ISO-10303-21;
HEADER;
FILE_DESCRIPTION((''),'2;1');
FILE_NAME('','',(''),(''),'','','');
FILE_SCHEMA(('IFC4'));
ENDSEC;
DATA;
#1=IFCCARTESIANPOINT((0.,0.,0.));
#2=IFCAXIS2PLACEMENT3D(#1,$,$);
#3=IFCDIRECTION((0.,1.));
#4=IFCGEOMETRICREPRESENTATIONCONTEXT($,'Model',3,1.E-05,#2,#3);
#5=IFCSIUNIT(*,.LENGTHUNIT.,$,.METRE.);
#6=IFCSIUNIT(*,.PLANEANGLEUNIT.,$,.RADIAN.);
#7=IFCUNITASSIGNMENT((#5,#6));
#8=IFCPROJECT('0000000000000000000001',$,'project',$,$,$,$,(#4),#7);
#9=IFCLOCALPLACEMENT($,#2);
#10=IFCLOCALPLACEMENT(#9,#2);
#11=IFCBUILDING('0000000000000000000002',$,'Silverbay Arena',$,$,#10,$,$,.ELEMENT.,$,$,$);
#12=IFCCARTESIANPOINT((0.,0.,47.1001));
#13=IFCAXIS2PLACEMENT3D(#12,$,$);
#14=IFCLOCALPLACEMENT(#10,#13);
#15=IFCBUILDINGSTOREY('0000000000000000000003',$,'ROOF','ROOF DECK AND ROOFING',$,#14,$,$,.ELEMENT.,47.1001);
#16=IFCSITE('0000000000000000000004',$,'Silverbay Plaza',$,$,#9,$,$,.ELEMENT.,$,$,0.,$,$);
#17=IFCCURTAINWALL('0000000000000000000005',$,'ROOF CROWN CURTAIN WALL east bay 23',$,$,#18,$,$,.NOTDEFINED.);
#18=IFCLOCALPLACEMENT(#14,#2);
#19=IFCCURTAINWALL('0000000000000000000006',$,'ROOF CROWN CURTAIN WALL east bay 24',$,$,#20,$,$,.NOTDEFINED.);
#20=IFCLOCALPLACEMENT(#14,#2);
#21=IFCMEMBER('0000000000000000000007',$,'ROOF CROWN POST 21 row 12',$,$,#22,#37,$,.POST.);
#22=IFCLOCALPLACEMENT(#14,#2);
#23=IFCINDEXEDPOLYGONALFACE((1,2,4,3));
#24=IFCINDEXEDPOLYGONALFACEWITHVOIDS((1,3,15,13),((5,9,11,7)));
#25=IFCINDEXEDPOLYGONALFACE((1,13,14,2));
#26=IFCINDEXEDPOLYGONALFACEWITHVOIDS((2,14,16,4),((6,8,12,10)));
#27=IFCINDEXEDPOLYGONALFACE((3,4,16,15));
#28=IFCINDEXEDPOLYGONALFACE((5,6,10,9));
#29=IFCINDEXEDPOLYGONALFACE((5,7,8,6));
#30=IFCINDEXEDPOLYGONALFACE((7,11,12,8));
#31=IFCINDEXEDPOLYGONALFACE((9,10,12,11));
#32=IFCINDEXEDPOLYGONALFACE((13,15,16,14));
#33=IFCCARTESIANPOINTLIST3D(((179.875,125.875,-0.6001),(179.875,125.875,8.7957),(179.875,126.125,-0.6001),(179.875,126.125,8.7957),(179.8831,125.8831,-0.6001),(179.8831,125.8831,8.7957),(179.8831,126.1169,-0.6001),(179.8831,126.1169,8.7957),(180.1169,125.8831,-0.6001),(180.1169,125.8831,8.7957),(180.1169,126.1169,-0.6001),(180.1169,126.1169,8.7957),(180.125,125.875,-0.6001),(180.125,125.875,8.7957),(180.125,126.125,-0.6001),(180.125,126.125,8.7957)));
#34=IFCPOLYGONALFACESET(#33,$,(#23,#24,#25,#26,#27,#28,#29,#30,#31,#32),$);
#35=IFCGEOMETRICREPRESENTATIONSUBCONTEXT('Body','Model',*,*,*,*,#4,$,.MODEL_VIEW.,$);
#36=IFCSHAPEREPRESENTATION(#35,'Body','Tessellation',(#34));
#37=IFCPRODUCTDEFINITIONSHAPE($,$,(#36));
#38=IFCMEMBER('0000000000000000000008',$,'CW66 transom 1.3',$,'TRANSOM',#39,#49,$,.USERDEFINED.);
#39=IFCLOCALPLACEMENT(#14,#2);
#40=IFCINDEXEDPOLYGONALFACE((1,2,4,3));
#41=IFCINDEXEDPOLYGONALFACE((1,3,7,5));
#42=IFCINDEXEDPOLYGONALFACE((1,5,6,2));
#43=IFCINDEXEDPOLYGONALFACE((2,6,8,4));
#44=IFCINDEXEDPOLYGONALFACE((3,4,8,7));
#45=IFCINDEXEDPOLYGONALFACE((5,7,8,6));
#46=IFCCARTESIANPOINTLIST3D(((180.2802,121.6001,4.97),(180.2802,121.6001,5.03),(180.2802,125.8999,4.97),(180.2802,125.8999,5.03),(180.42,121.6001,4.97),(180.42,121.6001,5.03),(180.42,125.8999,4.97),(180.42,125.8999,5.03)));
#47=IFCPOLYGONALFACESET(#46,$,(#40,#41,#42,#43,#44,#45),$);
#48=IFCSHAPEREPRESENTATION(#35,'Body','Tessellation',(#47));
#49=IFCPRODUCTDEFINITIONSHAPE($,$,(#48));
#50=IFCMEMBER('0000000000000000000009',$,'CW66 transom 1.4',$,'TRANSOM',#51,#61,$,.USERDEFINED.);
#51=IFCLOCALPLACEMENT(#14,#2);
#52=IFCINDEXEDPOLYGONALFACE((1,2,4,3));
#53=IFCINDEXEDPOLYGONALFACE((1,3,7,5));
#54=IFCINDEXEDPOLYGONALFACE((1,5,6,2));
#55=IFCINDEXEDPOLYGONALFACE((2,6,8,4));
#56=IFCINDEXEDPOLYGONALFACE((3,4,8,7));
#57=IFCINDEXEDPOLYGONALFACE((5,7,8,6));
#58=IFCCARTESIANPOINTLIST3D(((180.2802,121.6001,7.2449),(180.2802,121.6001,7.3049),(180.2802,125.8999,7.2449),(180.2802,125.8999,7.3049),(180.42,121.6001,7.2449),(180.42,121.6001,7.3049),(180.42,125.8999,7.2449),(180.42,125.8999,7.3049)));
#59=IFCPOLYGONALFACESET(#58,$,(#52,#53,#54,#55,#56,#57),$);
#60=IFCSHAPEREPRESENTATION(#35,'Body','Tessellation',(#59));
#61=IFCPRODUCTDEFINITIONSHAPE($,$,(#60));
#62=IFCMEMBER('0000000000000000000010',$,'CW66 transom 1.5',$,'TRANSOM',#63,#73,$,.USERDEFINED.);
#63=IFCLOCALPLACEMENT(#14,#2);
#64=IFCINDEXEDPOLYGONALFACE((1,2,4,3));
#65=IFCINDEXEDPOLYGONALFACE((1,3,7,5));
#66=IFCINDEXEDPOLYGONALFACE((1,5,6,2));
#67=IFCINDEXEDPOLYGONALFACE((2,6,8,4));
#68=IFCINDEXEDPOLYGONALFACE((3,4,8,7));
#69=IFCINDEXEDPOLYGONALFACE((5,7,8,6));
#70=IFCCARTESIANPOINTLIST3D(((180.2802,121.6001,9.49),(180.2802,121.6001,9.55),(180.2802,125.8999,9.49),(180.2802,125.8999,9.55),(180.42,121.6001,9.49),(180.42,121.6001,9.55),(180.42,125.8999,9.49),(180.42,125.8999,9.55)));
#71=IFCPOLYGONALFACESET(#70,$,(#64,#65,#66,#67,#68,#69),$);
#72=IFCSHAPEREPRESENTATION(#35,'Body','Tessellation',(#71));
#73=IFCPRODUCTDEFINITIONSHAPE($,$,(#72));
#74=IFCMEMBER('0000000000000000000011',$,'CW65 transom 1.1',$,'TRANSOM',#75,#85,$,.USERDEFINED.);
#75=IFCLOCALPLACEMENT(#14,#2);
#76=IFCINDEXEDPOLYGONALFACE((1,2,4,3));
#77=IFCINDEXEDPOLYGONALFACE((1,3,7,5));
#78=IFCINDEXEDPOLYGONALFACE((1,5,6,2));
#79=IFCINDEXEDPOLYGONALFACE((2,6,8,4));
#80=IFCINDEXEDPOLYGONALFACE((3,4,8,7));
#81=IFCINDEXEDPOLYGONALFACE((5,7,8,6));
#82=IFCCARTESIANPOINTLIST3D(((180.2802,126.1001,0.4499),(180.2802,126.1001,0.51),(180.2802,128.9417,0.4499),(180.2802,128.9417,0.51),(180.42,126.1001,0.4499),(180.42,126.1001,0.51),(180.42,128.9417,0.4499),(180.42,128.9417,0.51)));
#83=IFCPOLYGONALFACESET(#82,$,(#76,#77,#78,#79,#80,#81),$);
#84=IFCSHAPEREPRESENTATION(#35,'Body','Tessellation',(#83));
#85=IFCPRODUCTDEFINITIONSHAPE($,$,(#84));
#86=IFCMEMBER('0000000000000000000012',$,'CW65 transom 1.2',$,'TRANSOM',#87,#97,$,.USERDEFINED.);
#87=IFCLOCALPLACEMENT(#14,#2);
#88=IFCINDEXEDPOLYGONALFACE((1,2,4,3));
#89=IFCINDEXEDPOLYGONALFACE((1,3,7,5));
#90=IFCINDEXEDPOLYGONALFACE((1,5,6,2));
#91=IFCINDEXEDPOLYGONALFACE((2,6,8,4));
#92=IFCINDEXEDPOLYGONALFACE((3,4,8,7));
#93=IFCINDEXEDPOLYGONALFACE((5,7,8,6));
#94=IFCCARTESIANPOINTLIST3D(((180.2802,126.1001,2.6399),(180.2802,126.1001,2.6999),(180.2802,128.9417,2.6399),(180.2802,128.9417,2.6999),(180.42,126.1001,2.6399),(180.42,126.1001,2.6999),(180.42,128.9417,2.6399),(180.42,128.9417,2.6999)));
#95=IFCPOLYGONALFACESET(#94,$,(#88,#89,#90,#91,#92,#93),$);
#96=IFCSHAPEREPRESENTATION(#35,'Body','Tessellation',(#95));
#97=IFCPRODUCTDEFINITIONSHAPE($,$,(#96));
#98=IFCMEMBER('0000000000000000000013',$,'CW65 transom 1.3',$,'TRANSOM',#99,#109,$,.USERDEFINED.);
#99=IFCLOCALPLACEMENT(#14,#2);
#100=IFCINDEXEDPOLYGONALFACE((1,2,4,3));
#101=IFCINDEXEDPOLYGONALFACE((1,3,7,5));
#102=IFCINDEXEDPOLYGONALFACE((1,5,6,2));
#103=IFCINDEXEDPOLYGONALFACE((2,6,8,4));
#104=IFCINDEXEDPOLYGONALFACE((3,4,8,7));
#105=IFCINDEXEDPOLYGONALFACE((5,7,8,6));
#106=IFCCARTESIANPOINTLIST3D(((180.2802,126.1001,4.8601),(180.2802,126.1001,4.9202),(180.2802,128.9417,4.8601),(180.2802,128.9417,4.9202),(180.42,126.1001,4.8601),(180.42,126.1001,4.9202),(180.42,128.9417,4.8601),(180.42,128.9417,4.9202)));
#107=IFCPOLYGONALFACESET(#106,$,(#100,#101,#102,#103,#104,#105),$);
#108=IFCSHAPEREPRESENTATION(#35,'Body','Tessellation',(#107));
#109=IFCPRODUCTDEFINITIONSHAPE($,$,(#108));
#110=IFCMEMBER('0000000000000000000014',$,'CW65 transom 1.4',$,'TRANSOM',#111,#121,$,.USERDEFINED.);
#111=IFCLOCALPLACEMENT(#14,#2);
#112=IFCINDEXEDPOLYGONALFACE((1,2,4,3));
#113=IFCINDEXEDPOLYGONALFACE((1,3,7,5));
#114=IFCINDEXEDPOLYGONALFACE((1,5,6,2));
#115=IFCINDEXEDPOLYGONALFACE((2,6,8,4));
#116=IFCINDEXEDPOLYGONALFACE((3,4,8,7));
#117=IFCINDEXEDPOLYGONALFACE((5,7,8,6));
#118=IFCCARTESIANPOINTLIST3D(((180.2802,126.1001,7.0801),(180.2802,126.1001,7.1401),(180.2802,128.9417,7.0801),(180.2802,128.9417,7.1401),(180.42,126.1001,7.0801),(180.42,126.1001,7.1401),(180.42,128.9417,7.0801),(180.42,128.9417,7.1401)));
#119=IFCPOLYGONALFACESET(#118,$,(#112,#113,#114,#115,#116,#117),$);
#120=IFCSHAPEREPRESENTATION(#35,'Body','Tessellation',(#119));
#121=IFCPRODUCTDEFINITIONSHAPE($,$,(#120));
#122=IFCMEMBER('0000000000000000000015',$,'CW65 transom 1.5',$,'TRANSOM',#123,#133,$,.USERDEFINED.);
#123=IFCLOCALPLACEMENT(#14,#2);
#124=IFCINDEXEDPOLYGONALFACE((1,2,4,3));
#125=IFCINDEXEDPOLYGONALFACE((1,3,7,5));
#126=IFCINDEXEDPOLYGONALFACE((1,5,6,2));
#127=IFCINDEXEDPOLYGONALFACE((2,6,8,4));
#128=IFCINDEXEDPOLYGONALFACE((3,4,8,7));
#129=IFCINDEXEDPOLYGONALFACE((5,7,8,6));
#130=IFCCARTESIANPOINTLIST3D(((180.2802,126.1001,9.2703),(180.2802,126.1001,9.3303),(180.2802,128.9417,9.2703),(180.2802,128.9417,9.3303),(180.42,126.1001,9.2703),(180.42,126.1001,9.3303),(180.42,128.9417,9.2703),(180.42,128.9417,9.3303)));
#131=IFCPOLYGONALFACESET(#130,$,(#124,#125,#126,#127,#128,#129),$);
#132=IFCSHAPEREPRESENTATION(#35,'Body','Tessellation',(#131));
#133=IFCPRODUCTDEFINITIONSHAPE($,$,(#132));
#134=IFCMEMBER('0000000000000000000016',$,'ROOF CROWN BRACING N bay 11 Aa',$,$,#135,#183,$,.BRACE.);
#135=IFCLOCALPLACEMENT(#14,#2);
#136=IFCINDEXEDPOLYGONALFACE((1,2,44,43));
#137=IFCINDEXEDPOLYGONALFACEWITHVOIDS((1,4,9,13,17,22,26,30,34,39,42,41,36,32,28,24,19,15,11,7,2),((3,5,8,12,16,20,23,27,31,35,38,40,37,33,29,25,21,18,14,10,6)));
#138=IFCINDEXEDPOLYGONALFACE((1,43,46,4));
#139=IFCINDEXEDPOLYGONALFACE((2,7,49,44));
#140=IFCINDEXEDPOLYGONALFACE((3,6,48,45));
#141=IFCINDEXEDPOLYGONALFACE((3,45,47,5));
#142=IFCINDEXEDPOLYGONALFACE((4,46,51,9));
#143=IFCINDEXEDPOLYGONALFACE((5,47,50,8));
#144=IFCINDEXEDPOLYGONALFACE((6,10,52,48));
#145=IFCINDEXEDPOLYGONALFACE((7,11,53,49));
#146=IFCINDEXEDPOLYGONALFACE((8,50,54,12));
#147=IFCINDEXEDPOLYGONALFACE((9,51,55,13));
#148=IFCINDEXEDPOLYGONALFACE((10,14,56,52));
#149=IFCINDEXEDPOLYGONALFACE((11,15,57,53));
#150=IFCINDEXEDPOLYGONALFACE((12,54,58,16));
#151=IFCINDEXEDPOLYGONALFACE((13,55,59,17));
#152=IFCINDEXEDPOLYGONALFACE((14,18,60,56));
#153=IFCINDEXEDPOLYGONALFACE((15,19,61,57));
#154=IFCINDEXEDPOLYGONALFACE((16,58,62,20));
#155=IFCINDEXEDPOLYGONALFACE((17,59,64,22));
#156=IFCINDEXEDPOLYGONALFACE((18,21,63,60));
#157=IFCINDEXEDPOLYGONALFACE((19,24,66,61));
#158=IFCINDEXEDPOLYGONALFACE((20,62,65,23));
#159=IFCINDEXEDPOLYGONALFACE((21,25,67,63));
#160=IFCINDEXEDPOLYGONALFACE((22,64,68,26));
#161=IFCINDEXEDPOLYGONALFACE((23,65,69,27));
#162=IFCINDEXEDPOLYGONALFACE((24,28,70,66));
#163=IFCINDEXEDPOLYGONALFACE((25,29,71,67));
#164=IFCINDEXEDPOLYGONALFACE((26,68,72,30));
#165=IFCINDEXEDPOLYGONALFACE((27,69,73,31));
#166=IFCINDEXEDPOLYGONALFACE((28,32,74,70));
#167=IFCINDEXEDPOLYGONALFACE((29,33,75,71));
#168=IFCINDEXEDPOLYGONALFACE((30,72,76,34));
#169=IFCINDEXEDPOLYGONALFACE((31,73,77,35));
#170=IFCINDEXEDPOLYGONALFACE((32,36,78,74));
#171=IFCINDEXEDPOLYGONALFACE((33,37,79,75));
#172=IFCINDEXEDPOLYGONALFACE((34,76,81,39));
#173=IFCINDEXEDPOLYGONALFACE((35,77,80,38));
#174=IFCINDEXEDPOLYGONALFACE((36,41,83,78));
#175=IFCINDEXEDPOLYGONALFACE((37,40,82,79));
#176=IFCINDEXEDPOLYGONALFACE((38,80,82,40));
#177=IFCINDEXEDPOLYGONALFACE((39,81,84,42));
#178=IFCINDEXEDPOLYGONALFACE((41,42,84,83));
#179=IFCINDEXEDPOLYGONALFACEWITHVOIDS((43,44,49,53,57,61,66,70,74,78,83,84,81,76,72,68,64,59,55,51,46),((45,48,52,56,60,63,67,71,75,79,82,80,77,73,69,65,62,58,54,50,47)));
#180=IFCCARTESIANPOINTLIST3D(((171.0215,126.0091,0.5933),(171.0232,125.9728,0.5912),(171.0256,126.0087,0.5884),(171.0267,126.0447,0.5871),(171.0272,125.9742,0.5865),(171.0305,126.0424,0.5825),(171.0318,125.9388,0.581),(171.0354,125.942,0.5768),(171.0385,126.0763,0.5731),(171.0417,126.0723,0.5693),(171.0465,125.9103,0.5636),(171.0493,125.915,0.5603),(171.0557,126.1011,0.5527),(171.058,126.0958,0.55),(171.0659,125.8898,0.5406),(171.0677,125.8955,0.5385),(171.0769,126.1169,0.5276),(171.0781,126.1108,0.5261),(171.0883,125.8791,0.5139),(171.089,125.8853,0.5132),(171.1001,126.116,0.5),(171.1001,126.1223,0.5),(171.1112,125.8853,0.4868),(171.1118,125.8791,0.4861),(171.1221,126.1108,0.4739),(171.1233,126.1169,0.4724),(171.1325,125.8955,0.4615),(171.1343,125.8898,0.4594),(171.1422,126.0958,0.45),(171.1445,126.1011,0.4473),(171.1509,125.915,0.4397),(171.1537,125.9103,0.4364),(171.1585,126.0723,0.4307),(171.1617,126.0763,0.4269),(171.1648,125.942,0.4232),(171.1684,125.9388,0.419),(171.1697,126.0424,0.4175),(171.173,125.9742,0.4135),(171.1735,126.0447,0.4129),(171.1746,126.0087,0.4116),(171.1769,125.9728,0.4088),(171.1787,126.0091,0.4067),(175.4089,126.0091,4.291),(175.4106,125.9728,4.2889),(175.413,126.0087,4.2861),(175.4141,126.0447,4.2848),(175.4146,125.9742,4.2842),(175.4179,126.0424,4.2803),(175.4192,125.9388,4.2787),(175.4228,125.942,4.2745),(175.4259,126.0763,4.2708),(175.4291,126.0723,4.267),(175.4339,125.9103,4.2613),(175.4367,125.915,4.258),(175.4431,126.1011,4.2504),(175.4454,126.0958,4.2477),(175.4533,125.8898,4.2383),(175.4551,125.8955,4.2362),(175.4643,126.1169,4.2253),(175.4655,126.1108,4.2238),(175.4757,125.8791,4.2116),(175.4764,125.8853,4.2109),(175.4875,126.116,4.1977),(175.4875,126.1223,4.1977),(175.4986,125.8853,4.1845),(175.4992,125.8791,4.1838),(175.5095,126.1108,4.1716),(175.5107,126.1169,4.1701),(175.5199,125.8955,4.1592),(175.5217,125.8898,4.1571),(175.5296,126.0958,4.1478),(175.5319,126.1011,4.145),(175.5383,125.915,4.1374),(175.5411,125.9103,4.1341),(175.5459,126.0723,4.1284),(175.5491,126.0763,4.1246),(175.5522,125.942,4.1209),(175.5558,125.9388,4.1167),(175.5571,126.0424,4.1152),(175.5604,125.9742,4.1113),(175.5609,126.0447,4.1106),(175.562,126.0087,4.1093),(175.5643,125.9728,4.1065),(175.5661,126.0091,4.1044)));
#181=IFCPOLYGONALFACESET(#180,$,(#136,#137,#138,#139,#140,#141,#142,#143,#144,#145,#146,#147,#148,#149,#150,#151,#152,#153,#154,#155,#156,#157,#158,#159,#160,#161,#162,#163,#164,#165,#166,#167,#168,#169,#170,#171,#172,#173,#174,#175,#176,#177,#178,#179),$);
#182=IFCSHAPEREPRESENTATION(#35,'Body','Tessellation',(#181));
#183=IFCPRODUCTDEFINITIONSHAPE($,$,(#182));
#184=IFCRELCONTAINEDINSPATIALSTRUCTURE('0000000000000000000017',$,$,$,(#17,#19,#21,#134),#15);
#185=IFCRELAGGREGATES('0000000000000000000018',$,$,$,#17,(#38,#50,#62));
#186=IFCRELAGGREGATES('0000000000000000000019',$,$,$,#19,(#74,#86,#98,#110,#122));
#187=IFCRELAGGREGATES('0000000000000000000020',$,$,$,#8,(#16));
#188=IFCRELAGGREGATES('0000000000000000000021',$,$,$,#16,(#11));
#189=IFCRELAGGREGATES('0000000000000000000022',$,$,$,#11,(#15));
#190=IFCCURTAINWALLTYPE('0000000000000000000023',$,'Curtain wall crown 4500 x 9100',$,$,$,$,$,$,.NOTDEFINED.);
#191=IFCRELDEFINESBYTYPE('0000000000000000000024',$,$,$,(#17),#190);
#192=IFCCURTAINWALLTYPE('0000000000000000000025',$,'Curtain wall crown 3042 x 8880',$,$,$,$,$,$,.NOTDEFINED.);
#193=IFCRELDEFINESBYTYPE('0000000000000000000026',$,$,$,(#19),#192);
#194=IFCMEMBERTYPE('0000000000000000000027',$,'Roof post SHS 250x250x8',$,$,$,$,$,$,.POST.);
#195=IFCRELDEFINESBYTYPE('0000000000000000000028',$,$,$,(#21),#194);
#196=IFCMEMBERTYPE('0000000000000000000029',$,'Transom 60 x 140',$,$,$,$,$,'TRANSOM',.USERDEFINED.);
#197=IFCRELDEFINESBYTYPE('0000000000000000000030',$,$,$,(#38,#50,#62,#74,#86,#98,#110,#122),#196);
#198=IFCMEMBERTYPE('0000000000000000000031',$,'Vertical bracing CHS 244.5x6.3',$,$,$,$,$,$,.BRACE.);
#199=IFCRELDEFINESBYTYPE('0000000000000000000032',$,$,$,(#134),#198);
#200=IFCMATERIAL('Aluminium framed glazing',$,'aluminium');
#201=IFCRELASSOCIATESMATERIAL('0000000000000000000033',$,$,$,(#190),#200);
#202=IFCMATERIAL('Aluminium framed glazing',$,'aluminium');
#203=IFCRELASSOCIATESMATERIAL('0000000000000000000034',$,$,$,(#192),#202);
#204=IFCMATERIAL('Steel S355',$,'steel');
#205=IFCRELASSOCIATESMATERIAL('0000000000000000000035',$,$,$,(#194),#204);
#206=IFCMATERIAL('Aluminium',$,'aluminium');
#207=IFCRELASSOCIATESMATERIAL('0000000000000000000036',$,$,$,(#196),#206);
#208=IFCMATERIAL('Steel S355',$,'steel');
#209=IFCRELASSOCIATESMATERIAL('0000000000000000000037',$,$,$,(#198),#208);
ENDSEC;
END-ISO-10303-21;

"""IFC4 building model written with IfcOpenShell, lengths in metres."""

from ifc_helpers import new_model, si_unit, direction, frame, origin, origin_2d, place, context, subcontext, project, spatial, rectangle, hollow_rectangle, hollow_circle, extrude, material, material_profile, profile_set, type_object, element, aggregate, save


model = new_model("IFC4")

# Units and contexts
model_context = context("Model", 3, precision=1e-05, world=origin(), true_north=direction((0.0, 1.0)))
body_context = subcontext(model_context, "Body", "Model", "MODEL_VIEW")
ifc_project = project(units=[si_unit("LENGTHUNIT", "METRE"), si_unit("PLANEANGLEUNIT", "RADIAN")], contexts=[model_context])

# Site, building, storey
site_placement = place(None, origin())
site = spatial("IfcSite", under=ifc_project, at=site_placement, Name="Silverbay Plaza", CompositionType="ELEMENT", RefElevation=0.0)
building_placement = place(site_placement, origin())
building = spatial("IfcBuilding", under=site, at=building_placement, Name="Silverbay Arena", CompositionType="ELEMENT")
storey_placement = place(building_placement, frame((0.0, 0.0, 47.1001)))
storey = spatial("IfcBuildingStorey", under=building, at=storey_placement, Name="ROOF", Description="ROOF DECK AND ROOFING", CompositionType="ELEMENT", Elevation=47.1001)

# Curtain wall
ifc_material_1 = material(Name="Aluminium framed glazing", Category="aluminium")
curtain_wall_type_1 = type_object("IfcCurtainWallType", Name="Curtain wall crown 4500 x 9100", PredefinedType="NOTDEFINED", material=ifc_material_1)
curtain_wall_1_placement = place(storey_placement, origin())
curtain_wall_1 = element("IfcCurtainWall", 1, at=curtain_wall_1_placement, inside=storey, type_object=curtain_wall_type_1, Name="ROOF CROWN CURTAIN WALL east bay 23", PredefinedType="NOTDEFINED")
placement = place(building_placement, frame((0.0, 0.0, 33.5)))

# Curtain wall
ifc_material_2 = material(Name="Aluminium framed glazing", Category="aluminium")
curtain_wall_type_2 = type_object("IfcCurtainWallType", Name="Curtain wall crown 3042 x 8880", PredefinedType="NOTDEFINED", material=ifc_material_2)
curtain_wall_2_placement = place(storey_placement, origin())
curtain_wall_2 = element("IfcCurtainWall", 2, at=curtain_wall_2_placement, inside=storey, type_object=curtain_wall_type_2, Name="ROOF CROWN CURTAIN WALL east bay 24", PredefinedType="NOTDEFINED")

# Member
ifc_material_3 = material(Name="Steel S355", Category="steel")
ifc_material_profile_1 = material_profile(ifc_material_3, hollow_rectangle(XDim=0.25, YDim=0.25, WallThickness=0.0081, at=origin_2d()), Name="SHS 250x250x8")
ifc_profile_set_1 = profile_set([ifc_material_profile_1], Name="Steel S355")
member_type_1 = type_object("IfcMemberType", Name="Roof post SHS 250x250x8", PredefinedType="POST", material=ifc_profile_set_1)
member_1_placement = place(storey_placement, frame((180.0, 126.0, -0.6001), z_axis=(0.0, 0.0, 1.0), x_axis=(1.0, 0.0, 0.0)))
element("IfcMember", 3, at=member_1_placement, inside=storey, type_object=member_type_1, Name="ROOF CROWN POST 21 row 12", PredefinedType="POST", context=body_context, shape_type="SweptSolid", body=[
    extrude(hollow_rectangle(XDim=0.25, YDim=0.25, WallThickness=0.0081, at=origin_2d()), origin(), (0.0, 0.0, 1.0), 9.3958),
])

# Members
ifc_material_4 = material(Name="Aluminium", Category="aluminium")
ifc_material_profile_2 = material_profile(ifc_material_4, rectangle(XDim=0.1399, YDim=0.0601, at=origin_2d()), Name="Transom 60 x 140")
ifc_profile_set_2 = profile_set([ifc_material_profile_2], Name="Aluminium")
member_type_2 = type_object("IfcMemberType", Name="Transom 60 x 140", ElementType="TRANSOM", PredefinedType="USERDEFINED", material=ifc_profile_set_2)
member_2_placement = place(placement, frame((180.3501, 121.6001, 18.6001), z_axis=(0.0, 1.0, 0.0), x_axis=(-1.0, 0.0, 0.0)))
member_2 = element("IfcMember", 4, at=member_2_placement, type_object=member_type_2, Name="CW66 transom 1.3", ObjectType="TRANSOM", PredefinedType="USERDEFINED", context=body_context, shape_type="SweptSolid", body=[
    extrude(rectangle(XDim=0.1399, YDim=0.0601, at=origin_2d()), origin(), (0.0, 0.0, 1.0), 4.2998),
])
member_3_placement = place(placement, frame((180.3501, 121.6001, 20.875), z_axis=(0.0, 1.0, 0.0), x_axis=(-1.0, 0.0, 0.0)))
member_3 = element("IfcMember", 5, at=member_3_placement, type_object=member_type_2, Name="CW66 transom 1.4", ObjectType="TRANSOM", PredefinedType="USERDEFINED", context=body_context, shape_type="SweptSolid", body=[
    extrude(rectangle(XDim=0.1399, YDim=0.0601, at=origin_2d()), origin(), (0.0, 0.0, 1.0), 4.2998),
])
member_4_placement = place(placement, frame((180.3501, 121.6001, 23.1201), z_axis=(0.0, 1.0, 0.0), x_axis=(-1.0, 0.0, 0.0)))
member_4 = element("IfcMember", 6, at=member_4_placement, type_object=member_type_2, Name="CW66 transom 1.5", ObjectType="TRANSOM", PredefinedType="USERDEFINED", context=body_context, shape_type="SweptSolid", body=[
    extrude(rectangle(XDim=0.1399, YDim=0.0601, at=origin_2d()), origin(), (0.0, 0.0, 1.0), 4.2998),
])
member_5_placement = place(placement, frame((180.3501, 126.1001, 14.0801), z_axis=(0.0, 1.0, 0.0), x_axis=(-1.0, 0.0, 0.0)))
member_5 = element("IfcMember", 7, at=member_5_placement, type_object=member_type_2, Name="CW65 transom 1.1", ObjectType="TRANSOM", PredefinedType="USERDEFINED", context=body_context, shape_type="SweptSolid", body=[
    extrude(rectangle(XDim=0.1399, YDim=0.0601, at=origin_2d()), origin(), (0.0, 0.0, 1.0), 2.8416),
])
member_6_placement = place(placement, frame((180.3501, 126.1001, 16.27), z_axis=(0.0, 1.0, 0.0), x_axis=(-1.0, 0.0, 0.0)))
member_6 = element("IfcMember", 8, at=member_6_placement, type_object=member_type_2, Name="CW65 transom 1.2", ObjectType="TRANSOM", PredefinedType="USERDEFINED", context=body_context, shape_type="SweptSolid", body=[
    extrude(rectangle(XDim=0.1399, YDim=0.0601, at=origin_2d()), origin(), (0.0, 0.0, 1.0), 2.8416),
])
member_7_placement = place(placement, frame((180.3501, 126.1001, 18.4902), z_axis=(0.0, 1.0, 0.0), x_axis=(-1.0, 0.0, 0.0)))
member_7 = element("IfcMember", 9, at=member_7_placement, type_object=member_type_2, Name="CW65 transom 1.3", ObjectType="TRANSOM", PredefinedType="USERDEFINED", context=body_context, shape_type="SweptSolid", body=[
    extrude(rectangle(XDim=0.1399, YDim=0.0601, at=origin_2d()), origin(), (0.0, 0.0, 1.0), 2.8416),
])
member_8_placement = place(placement, frame((180.3501, 126.1001, 20.7102), z_axis=(0.0, 1.0, 0.0), x_axis=(-1.0, 0.0, 0.0)))
member_8 = element("IfcMember", 10, at=member_8_placement, type_object=member_type_2, Name="CW65 transom 1.4", ObjectType="TRANSOM", PredefinedType="USERDEFINED", context=body_context, shape_type="SweptSolid", body=[
    extrude(rectangle(XDim=0.1399, YDim=0.0601, at=origin_2d()), origin(), (0.0, 0.0, 1.0), 2.8416),
])
member_9_placement = place(placement, frame((180.3501, 126.1001, 22.9004), z_axis=(0.0, 1.0, 0.0), x_axis=(-1.0, 0.0, 0.0)))
member_9 = element("IfcMember", 11, at=member_9_placement, type_object=member_type_2, Name="CW65 transom 1.5", ObjectType="TRANSOM", PredefinedType="USERDEFINED", context=body_context, shape_type="SweptSolid", body=[
    extrude(rectangle(XDim=0.1399, YDim=0.0601, at=origin_2d()), origin(), (0.0, 0.0, 1.0), 2.8416),
])

# Member
ifc_material_5 = material(Name="Steel S355", Category="steel")
ifc_material_profile_3 = material_profile(ifc_material_5, hollow_circle(Radius=0.1223, WallThickness=0.0063, at=origin_2d()), Name="CHS 244.5x6.3")
ifc_profile_set_3 = profile_set([ifc_material_profile_3], Name="Steel S355")
member_type_3 = type_object("IfcMemberType", Name="Vertical bracing CHS 244.5x6.3", PredefinedType="BRACE", material=ifc_profile_set_3)
member_10_placement = place(storey_placement, frame((171.1001, 126.0, 0.5), z_axis=(0.764649, 0.0, 0.644448), x_axis=(0.0, 1.0, 0.0)))
element("IfcMember", 12, at=member_10_placement, inside=storey, type_object=member_type_3, Name="ROOF CROWN BRACING N bay 11 Aa", PredefinedType="BRACE", context=body_context, shape_type="SweptSolid", body=[
    extrude(hollow_circle(Radius=0.1223, WallThickness=0.0063, at=origin_2d()), origin(), (0.0, 0.0, 1.0), 5.7378),
])

aggregate(curtain_wall_1, [member_2, member_3, member_4])
aggregate(curtain_wall_2, [member_5, member_6, member_7, member_8, member_9])

save(model, "model.ifc")
